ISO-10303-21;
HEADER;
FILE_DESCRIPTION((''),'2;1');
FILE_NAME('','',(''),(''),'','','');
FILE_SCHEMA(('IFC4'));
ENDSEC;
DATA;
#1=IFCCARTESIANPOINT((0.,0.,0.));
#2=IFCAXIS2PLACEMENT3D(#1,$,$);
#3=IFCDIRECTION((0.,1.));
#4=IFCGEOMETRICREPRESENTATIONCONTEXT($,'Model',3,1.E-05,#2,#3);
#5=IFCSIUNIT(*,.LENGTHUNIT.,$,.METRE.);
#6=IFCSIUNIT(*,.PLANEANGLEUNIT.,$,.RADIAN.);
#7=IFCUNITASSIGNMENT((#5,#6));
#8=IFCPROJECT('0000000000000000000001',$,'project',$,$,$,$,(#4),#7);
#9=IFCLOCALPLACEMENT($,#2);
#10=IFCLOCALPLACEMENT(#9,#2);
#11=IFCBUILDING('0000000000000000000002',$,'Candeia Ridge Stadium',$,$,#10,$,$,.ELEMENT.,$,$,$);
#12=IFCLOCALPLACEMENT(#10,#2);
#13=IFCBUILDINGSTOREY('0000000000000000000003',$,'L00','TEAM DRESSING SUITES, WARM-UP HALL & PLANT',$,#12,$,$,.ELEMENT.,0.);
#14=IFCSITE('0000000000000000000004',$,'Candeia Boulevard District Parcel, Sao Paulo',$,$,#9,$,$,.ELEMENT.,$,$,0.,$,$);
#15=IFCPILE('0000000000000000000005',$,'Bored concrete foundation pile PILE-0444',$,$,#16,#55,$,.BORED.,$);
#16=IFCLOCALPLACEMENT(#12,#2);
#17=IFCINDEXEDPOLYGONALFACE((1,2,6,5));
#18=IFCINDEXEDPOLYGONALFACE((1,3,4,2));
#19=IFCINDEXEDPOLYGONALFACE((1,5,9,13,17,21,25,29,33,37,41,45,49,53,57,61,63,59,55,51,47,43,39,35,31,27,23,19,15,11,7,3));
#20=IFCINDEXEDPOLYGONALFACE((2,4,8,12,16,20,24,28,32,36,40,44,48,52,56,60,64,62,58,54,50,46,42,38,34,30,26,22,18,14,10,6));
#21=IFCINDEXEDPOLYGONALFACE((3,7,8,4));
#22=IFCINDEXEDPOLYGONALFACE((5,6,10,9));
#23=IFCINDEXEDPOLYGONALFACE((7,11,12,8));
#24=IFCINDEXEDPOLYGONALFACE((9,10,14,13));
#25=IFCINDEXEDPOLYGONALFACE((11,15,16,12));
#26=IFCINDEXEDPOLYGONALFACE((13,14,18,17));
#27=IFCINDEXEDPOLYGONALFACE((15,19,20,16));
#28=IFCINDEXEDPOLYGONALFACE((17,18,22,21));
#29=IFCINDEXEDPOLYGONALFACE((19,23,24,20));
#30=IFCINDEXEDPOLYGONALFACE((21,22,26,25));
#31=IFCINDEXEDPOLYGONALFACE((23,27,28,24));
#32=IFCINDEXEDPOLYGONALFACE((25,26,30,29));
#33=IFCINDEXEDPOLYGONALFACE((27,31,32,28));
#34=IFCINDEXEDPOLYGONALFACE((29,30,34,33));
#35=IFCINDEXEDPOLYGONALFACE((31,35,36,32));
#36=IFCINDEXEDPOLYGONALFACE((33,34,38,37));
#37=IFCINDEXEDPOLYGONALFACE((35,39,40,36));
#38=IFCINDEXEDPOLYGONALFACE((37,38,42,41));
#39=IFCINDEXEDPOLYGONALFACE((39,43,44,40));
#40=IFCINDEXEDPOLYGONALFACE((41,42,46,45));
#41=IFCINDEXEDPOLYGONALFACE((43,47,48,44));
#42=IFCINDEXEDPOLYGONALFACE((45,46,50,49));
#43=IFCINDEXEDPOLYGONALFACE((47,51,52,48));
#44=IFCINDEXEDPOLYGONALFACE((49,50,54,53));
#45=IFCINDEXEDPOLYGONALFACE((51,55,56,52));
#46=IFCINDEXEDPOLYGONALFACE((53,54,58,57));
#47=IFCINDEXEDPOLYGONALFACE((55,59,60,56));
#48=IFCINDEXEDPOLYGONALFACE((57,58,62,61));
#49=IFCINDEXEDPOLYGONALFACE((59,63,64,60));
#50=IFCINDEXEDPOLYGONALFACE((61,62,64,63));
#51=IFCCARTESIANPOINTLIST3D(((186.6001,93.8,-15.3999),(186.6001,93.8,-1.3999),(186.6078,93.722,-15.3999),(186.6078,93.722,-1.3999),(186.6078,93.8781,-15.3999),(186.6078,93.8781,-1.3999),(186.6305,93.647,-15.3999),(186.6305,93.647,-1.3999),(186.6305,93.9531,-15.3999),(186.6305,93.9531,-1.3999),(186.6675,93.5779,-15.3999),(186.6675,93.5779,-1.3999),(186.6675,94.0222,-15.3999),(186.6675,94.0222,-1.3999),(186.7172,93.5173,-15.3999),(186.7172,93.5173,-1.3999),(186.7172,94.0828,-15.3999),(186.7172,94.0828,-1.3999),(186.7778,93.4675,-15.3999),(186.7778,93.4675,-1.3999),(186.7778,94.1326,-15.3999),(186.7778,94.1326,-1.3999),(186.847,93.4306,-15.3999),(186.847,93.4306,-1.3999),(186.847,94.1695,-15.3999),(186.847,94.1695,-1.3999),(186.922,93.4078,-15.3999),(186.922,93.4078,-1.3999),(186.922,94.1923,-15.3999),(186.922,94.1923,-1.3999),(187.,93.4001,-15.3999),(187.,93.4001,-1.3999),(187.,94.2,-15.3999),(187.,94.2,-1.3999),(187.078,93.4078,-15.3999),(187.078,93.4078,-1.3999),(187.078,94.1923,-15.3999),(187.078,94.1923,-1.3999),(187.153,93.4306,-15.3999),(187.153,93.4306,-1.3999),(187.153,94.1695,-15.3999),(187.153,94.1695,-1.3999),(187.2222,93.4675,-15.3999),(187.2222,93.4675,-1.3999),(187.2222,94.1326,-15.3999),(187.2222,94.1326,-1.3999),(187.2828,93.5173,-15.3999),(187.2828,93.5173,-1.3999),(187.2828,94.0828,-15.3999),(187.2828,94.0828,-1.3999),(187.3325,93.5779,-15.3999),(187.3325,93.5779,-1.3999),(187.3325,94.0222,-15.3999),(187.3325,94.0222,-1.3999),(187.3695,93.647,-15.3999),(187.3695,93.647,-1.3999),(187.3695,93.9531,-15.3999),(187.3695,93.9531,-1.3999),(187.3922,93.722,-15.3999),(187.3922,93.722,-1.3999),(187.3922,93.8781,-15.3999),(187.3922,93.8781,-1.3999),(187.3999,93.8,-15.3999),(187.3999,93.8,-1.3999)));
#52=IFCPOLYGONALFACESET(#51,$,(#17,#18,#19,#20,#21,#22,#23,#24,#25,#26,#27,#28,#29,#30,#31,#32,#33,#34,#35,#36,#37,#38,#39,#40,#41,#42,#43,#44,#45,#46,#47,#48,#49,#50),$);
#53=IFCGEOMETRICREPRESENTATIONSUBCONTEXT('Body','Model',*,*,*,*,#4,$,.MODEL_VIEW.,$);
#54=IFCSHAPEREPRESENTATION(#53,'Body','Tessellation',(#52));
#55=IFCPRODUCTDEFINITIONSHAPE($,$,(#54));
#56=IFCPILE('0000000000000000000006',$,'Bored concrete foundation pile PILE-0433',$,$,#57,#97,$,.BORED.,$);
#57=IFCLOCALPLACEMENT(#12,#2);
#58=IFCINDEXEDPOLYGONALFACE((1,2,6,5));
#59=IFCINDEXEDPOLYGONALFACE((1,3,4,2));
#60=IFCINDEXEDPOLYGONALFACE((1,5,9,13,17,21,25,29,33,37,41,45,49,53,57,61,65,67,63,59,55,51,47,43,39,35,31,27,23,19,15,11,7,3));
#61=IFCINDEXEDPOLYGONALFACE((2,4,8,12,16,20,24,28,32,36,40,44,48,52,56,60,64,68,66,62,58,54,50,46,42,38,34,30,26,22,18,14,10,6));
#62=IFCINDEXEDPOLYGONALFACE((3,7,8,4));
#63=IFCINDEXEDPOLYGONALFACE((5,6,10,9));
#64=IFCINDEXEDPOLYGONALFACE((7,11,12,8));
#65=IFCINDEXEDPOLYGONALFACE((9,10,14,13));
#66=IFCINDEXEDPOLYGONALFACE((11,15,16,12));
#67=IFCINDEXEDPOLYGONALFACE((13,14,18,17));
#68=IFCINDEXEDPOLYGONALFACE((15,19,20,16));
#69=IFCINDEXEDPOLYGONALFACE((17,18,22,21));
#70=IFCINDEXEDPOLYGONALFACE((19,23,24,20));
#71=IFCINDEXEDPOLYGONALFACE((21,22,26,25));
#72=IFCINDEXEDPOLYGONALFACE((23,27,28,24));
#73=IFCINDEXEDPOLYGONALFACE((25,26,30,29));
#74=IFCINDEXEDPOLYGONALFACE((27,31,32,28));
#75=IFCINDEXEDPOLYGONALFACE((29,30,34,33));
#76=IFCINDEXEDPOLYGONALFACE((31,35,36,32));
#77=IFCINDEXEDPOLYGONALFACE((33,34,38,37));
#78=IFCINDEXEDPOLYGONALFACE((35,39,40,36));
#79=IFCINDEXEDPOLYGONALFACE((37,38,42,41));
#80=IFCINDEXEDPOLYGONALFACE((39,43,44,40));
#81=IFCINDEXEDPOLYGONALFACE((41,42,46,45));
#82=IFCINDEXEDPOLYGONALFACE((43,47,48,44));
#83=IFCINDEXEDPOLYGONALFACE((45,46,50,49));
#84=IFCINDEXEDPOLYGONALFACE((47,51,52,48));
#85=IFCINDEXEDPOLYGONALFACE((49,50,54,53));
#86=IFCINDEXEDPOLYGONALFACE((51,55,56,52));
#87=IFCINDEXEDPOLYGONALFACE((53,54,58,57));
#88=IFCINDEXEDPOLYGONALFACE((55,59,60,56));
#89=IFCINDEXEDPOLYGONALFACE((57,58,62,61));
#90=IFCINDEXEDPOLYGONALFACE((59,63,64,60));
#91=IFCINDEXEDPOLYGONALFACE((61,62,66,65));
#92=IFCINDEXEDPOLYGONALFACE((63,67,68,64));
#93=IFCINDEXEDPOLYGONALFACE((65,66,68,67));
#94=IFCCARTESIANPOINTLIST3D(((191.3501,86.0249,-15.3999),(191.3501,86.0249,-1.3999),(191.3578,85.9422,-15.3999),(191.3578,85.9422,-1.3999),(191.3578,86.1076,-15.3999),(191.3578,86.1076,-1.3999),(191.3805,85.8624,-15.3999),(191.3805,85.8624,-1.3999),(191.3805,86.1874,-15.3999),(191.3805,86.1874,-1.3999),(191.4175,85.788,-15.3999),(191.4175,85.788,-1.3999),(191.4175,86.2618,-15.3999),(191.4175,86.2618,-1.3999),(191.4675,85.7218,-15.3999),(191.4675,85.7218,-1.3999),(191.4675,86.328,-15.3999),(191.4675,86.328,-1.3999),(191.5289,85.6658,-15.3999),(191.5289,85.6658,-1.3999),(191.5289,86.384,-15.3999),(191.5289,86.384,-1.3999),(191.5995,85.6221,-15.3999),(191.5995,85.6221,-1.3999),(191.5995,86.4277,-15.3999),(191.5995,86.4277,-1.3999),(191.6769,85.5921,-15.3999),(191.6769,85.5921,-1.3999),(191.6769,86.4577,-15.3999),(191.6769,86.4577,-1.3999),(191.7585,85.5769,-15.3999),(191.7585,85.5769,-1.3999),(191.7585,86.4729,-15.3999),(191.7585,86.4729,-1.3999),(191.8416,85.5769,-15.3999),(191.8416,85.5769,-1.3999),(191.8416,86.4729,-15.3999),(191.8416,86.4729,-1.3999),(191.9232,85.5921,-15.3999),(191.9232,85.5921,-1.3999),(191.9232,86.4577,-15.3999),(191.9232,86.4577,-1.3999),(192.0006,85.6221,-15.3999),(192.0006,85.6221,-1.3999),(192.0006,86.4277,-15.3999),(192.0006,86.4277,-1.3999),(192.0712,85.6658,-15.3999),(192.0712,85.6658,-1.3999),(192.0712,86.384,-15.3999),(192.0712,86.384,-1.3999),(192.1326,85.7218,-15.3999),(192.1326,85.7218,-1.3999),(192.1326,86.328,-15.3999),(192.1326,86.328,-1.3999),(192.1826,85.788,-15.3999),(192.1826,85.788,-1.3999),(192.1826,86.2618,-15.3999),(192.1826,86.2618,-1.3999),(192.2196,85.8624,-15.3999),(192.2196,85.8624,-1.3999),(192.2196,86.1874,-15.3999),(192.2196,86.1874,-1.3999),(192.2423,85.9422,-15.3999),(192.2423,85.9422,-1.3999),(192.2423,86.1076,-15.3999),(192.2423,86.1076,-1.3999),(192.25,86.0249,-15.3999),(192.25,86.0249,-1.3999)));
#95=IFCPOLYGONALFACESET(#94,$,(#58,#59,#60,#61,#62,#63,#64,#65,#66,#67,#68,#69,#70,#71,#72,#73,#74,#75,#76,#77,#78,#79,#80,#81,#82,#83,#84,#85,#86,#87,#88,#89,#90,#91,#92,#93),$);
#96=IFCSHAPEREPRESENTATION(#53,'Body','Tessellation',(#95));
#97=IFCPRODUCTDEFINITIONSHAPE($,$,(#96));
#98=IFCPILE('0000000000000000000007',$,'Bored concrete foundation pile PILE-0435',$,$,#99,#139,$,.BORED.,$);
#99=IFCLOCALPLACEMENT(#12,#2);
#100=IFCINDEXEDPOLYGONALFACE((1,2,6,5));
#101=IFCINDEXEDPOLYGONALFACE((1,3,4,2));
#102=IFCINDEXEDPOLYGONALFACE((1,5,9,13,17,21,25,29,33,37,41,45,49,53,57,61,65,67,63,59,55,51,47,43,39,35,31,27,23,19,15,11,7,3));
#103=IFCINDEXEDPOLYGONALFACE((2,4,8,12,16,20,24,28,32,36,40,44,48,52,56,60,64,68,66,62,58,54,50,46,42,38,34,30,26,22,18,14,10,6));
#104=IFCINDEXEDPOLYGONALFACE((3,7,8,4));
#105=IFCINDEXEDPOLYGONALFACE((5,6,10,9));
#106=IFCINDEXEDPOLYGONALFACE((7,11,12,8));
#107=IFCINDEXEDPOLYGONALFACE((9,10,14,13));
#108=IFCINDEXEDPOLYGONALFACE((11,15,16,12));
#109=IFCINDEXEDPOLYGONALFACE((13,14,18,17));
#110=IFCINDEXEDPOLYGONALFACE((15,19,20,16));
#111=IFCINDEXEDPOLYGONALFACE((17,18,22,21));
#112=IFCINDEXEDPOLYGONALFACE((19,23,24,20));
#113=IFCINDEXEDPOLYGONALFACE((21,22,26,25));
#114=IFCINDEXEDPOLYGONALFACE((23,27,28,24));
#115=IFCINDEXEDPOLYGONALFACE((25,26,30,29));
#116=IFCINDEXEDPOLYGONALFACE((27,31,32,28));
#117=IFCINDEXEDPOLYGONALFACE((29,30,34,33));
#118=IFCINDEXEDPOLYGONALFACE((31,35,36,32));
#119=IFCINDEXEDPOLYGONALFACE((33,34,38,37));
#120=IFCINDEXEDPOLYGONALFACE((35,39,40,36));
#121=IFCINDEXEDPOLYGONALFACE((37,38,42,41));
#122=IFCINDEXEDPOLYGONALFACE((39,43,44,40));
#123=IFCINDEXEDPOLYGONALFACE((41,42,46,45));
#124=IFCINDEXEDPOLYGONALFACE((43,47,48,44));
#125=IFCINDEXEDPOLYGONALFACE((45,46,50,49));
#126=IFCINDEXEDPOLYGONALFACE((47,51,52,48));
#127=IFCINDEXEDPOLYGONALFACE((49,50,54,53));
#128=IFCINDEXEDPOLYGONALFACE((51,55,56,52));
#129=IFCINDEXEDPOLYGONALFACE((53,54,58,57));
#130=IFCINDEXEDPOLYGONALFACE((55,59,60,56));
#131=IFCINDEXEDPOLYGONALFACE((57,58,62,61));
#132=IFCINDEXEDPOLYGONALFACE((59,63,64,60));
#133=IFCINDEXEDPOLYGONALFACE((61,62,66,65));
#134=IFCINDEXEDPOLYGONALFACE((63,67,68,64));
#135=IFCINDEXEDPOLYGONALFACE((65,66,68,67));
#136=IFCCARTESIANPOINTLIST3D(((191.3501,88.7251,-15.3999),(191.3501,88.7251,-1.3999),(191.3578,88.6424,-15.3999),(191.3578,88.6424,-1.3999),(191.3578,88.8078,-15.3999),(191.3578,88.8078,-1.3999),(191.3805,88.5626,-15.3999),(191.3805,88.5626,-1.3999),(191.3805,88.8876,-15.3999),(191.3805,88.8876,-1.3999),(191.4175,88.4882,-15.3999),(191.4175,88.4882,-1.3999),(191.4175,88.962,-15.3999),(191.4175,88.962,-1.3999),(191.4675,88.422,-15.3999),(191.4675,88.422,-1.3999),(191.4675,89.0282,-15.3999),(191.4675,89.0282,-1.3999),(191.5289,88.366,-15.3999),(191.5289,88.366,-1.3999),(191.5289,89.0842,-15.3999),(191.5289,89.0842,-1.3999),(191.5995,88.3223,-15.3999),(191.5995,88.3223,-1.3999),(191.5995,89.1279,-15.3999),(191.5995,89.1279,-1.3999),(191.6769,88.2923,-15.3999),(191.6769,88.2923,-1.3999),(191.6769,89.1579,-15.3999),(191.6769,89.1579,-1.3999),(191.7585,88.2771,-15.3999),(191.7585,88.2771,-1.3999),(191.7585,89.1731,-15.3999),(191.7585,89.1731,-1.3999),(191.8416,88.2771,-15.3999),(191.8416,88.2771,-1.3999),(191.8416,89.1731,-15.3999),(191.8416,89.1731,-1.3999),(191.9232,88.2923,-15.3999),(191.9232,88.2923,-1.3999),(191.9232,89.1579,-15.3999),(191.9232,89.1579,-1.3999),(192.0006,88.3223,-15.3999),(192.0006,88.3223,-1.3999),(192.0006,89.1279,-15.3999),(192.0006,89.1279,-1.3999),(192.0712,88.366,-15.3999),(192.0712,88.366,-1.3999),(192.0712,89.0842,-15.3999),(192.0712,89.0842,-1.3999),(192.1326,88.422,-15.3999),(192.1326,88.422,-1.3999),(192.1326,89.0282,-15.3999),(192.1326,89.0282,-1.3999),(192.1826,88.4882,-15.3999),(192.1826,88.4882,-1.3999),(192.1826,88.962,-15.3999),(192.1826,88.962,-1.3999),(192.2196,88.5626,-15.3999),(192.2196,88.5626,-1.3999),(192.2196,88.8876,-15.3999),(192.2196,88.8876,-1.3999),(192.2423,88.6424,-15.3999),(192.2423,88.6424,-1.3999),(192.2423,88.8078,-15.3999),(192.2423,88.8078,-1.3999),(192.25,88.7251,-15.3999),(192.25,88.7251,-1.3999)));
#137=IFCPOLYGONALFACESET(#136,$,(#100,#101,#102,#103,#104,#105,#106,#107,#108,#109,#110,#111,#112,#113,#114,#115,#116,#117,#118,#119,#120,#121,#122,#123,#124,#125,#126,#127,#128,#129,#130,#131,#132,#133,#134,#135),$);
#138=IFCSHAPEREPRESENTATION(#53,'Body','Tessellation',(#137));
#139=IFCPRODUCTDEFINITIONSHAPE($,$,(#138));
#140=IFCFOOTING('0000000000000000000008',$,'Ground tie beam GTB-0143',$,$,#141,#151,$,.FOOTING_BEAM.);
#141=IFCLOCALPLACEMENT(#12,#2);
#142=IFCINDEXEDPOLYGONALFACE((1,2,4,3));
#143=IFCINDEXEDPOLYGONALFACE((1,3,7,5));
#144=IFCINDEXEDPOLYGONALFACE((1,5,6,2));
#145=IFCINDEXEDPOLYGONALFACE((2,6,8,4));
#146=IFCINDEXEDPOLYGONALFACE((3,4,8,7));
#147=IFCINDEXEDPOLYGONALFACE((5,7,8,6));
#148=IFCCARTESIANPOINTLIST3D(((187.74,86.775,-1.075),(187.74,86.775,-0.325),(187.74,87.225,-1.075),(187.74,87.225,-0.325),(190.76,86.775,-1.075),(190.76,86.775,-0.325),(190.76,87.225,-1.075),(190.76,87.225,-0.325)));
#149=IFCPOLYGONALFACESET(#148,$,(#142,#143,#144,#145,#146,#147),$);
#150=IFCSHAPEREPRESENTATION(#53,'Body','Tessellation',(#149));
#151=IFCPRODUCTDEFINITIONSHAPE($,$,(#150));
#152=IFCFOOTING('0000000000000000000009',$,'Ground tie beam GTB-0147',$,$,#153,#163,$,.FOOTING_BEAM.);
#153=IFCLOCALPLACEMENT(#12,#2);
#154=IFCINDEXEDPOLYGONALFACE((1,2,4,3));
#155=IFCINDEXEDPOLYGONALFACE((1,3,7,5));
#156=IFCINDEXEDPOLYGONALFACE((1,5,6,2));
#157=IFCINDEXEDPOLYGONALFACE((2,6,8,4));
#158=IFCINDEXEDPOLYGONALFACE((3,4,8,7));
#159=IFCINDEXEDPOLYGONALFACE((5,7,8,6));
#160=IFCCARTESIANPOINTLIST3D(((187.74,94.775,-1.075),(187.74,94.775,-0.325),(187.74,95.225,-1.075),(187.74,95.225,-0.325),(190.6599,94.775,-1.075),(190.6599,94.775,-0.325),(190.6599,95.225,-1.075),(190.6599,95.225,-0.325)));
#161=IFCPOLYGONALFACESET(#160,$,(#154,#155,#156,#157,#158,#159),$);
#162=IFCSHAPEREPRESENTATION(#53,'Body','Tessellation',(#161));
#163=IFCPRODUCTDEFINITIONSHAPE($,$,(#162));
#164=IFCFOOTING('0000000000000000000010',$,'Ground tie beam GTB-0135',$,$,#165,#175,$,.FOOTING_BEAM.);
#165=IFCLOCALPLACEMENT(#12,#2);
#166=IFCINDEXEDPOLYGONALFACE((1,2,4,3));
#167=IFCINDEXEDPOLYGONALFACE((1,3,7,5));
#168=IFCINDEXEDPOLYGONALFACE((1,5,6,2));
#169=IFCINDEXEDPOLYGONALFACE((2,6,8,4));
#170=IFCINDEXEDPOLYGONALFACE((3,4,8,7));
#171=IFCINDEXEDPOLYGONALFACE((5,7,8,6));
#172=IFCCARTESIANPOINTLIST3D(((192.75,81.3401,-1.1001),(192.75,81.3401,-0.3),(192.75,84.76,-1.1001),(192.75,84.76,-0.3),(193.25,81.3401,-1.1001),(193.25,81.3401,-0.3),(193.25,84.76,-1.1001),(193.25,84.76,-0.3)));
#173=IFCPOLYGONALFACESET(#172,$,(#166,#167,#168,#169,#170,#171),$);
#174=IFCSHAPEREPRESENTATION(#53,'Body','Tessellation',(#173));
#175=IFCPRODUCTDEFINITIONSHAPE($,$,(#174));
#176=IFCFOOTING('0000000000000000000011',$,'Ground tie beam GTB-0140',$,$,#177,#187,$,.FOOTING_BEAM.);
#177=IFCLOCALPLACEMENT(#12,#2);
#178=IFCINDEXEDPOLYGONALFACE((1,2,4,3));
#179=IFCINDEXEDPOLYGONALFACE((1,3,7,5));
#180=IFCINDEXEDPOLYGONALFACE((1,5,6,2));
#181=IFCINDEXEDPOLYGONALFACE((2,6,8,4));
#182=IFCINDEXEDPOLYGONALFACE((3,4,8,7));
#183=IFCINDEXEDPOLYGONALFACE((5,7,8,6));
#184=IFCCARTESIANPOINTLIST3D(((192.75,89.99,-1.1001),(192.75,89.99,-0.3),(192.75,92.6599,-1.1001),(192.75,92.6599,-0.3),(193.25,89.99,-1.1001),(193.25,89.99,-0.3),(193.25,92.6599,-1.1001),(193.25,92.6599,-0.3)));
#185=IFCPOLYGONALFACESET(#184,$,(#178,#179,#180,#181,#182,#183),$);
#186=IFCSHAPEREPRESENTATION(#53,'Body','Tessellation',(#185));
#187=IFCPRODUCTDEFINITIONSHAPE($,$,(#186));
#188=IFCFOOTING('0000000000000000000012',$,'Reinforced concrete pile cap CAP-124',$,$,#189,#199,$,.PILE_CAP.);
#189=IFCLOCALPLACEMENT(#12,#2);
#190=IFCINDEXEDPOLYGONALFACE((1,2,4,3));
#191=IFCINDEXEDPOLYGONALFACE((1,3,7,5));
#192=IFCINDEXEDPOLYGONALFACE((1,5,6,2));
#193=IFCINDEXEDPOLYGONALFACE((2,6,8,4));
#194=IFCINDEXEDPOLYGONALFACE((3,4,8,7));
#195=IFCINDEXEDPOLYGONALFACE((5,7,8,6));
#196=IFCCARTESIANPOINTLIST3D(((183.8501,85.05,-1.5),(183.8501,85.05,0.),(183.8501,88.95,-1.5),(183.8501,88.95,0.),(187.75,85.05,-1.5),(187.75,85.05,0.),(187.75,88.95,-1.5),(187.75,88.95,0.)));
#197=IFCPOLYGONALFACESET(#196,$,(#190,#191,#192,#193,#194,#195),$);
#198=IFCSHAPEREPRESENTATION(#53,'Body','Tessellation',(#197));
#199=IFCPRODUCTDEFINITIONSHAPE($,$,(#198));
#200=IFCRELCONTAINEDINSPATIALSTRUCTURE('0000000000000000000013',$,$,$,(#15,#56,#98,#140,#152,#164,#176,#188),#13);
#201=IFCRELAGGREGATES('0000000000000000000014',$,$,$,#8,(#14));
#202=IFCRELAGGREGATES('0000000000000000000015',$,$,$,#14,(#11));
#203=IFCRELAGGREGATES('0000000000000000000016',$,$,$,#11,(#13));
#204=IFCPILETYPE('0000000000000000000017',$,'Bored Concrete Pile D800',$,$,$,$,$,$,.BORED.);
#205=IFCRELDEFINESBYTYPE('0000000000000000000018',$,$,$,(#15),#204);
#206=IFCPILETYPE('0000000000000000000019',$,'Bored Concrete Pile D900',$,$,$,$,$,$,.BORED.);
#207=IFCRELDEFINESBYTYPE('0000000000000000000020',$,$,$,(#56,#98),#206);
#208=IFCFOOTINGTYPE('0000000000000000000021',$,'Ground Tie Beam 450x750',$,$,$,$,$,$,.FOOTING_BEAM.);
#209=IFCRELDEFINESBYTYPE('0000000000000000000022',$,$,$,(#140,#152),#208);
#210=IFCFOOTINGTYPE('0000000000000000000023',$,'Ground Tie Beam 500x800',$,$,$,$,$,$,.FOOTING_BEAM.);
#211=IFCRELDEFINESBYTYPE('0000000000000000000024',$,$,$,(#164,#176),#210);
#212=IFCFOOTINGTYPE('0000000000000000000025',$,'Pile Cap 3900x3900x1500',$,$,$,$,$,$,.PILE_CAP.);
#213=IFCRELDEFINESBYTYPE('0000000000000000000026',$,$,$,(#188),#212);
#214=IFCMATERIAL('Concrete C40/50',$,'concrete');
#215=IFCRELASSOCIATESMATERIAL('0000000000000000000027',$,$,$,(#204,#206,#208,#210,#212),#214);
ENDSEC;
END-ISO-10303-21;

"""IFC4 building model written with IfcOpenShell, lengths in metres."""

from ifc_helpers import new_model, si_unit, direction, frame, origin, origin_2d, place, context, subcontext, project, spatial, rectangle, circle, extrude, material, material_profile, profile_set, type_object, element, save


model = new_model("IFC4")

# Units and contexts
model_context = context("Model", 3, precision=1e-05, world=origin(), true_north=direction((0.0, 1.0)))
body_context = subcontext(model_context, "Body", "Model", "MODEL_VIEW")
ifc_project = project(units=[si_unit("LENGTHUNIT", "METRE"), si_unit("PLANEANGLEUNIT", "RADIAN")], contexts=[model_context])

# Site, building, storey
site_placement = place(None, origin())
site = spatial("IfcSite", under=ifc_project, at=site_placement, Name="Candeia Boulevard District Parcel, Sao Paulo", CompositionType="ELEMENT", RefElevation=0.0)
building_placement = place(site_placement, origin())
building = spatial("IfcBuilding", under=site, at=building_placement, Name="Candeia Ridge Stadium", CompositionType="ELEMENT")
storey_placement = place(building_placement, origin())
storey = spatial("IfcBuildingStorey", under=building, at=storey_placement, Name="L00", Description="TEAM DRESSING SUITES, WARM-UP HALL & PLANT", CompositionType="ELEMENT", Elevation=0.0)

# Piles
ifc_material_1 = material(Name="Concrete C40/50", Category="concrete")
ifc_material_profile_1 = material_profile(ifc_material_1, circle(Radius=0.3999, at=origin_2d()), Name="PILE-D800", Category="concrete")
ifc_profile_set_1 = profile_set([ifc_material_profile_1], Name="Concrete C40/50")
pile_type_1 = type_object("IfcPileType", Name="Bored Concrete Pile D800", PredefinedType="BORED", material=ifc_profile_set_1)
for number, where, z_axis, x_axis, name in (
    (1, (187.0, 93.8, -1.3999), (0.0, 0.0, -1.0), (1.0, 0.0, 0.0), "Bored concrete foundation pile PILE-0444"),
):
    element("IfcPile", number, at=place(storey_placement, frame(where, z_axis=z_axis, x_axis=x_axis)), inside=storey, type_object=pile_type_1, Name=name, PredefinedType="BORED", context=body_context, shape_type="SweptSolid", body=[
        extrude(circle(Radius=0.3999, at=origin_2d()), origin(), (0.0, 0.0, 1.0), 14.0),
    ])
ifc_material_profile_2 = material_profile(ifc_material_1, circle(Radius=0.45, at=origin_2d()), Name="PILE-D900", Category="concrete")
ifc_profile_set_2 = profile_set([ifc_material_profile_2], Name="Concrete C40/50")
pile_type_2 = type_object("IfcPileType", Name="Bored Concrete Pile D900", PredefinedType="BORED", material=ifc_profile_set_2)
for number, where, z_axis, x_axis, name in (
    (2, (191.8, 86.0249, -1.3999), (0.0, 0.0, -1.0), (1.0, 0.0, 0.0), "Bored concrete foundation pile PILE-0433"),
    (3, (191.8, 88.7251, -1.3999), (0.0, 0.0, -1.0), (1.0, 0.0, 0.0), "Bored concrete foundation pile PILE-0435"),
):
    element("IfcPile", number, at=place(storey_placement, frame(where, z_axis=z_axis, x_axis=x_axis)), inside=storey, type_object=pile_type_2, Name=name, PredefinedType="BORED", context=body_context, shape_type="SweptSolid", body=[
        extrude(circle(Radius=0.45, at=origin_2d()), origin(), (0.0, 0.0, 1.0), 14.0),
    ])

# Footings
footing_type_1 = type_object("IfcFootingType", Name="Ground Tie Beam 450x750", PredefinedType="FOOTING_BEAM", material=ifc_material_1)
footing_1_placement = place(storey_placement, frame((189.25, 87.0, -1.075), z_axis=(0.0, 0.0, 1.0), x_axis=(1.0, 0.0, 0.0)))
element("IfcFooting", 4, at=footing_1_placement, inside=storey, type_object=footing_type_1, Name="Ground tie beam GTB-0143", PredefinedType="FOOTING_BEAM", context=body_context, shape_type="SweptSolid", body=[
    extrude(rectangle(XDim=3.02, YDim=0.45, at=origin_2d()), origin(), (0.0, 0.0, 1.0), 0.75),
])
footing_2_placement = place(storey_placement, frame((189.2, 95.0, -1.075), z_axis=(0.0, 0.0, 1.0), x_axis=(1.0, 0.0, 0.0)))
element("IfcFooting", 5, at=footing_2_placement, inside=storey, type_object=footing_type_1, Name="Ground tie beam GTB-0147", PredefinedType="FOOTING_BEAM", context=body_context, shape_type="SweptSolid", body=[
    extrude(rectangle(XDim=2.9199, YDim=0.45, at=origin_2d()), origin(), (0.0, 0.0, 1.0), 0.75),
])
footing_type_2 = type_object("IfcFootingType", Name="Ground Tie Beam 500x800", PredefinedType="FOOTING_BEAM", material=ifc_material_1)
footing_3_placement = place(storey_placement, frame((193.0, 83.05, -1.1001), z_axis=(0.0, 0.0, 1.0), x_axis=(0.0, 1.0, 0.0)))
element("IfcFooting", 6, at=footing_3_placement, inside=storey, type_object=footing_type_2, Name="Ground tie beam GTB-0135", PredefinedType="FOOTING_BEAM", context=body_context, shape_type="SweptSolid", body=[
    extrude(rectangle(XDim=3.4199, YDim=0.5, at=origin_2d()), origin(), (0.0, 0.0, 1.0), 0.8),
])
footing_4_placement = place(storey_placement, frame((193.0, 91.325, -1.1001), z_axis=(0.0, 0.0, 1.0), x_axis=(0.0, 1.0, 0.0)))
element("IfcFooting", 7, at=footing_4_placement, inside=storey, type_object=footing_type_2, Name="Ground tie beam GTB-0140", PredefinedType="FOOTING_BEAM", context=body_context, shape_type="SweptSolid", body=[
    extrude(rectangle(XDim=2.6699, YDim=0.5, at=origin_2d()), origin(), (0.0, 0.0, 1.0), 0.8),
])
footing_type_3 = type_object("IfcFootingType", Name="Pile Cap 3900x3900x1500", PredefinedType="PILE_CAP", material=ifc_material_1)
for number, where, z_axis, x_axis, name in (
    (8, (185.8, 87.0, -1.5), (0.0, 0.0, 1.0), (1.0, 0.0, 0.0), "Reinforced concrete pile cap CAP-124"),
):
    element("IfcFooting", number, at=place(storey_placement, frame(where, z_axis=z_axis, x_axis=x_axis)), inside=storey, type_object=footing_type_3, Name=name, PredefinedType="PILE_CAP", context=body_context, shape_type="SweptSolid", body=[
        extrude(rectangle(XDim=3.8999, YDim=3.8999, at=origin_2d()), origin(), (0.0, 0.0, 1.0), 1.5),
    ])

save(model, "model.ifc")
